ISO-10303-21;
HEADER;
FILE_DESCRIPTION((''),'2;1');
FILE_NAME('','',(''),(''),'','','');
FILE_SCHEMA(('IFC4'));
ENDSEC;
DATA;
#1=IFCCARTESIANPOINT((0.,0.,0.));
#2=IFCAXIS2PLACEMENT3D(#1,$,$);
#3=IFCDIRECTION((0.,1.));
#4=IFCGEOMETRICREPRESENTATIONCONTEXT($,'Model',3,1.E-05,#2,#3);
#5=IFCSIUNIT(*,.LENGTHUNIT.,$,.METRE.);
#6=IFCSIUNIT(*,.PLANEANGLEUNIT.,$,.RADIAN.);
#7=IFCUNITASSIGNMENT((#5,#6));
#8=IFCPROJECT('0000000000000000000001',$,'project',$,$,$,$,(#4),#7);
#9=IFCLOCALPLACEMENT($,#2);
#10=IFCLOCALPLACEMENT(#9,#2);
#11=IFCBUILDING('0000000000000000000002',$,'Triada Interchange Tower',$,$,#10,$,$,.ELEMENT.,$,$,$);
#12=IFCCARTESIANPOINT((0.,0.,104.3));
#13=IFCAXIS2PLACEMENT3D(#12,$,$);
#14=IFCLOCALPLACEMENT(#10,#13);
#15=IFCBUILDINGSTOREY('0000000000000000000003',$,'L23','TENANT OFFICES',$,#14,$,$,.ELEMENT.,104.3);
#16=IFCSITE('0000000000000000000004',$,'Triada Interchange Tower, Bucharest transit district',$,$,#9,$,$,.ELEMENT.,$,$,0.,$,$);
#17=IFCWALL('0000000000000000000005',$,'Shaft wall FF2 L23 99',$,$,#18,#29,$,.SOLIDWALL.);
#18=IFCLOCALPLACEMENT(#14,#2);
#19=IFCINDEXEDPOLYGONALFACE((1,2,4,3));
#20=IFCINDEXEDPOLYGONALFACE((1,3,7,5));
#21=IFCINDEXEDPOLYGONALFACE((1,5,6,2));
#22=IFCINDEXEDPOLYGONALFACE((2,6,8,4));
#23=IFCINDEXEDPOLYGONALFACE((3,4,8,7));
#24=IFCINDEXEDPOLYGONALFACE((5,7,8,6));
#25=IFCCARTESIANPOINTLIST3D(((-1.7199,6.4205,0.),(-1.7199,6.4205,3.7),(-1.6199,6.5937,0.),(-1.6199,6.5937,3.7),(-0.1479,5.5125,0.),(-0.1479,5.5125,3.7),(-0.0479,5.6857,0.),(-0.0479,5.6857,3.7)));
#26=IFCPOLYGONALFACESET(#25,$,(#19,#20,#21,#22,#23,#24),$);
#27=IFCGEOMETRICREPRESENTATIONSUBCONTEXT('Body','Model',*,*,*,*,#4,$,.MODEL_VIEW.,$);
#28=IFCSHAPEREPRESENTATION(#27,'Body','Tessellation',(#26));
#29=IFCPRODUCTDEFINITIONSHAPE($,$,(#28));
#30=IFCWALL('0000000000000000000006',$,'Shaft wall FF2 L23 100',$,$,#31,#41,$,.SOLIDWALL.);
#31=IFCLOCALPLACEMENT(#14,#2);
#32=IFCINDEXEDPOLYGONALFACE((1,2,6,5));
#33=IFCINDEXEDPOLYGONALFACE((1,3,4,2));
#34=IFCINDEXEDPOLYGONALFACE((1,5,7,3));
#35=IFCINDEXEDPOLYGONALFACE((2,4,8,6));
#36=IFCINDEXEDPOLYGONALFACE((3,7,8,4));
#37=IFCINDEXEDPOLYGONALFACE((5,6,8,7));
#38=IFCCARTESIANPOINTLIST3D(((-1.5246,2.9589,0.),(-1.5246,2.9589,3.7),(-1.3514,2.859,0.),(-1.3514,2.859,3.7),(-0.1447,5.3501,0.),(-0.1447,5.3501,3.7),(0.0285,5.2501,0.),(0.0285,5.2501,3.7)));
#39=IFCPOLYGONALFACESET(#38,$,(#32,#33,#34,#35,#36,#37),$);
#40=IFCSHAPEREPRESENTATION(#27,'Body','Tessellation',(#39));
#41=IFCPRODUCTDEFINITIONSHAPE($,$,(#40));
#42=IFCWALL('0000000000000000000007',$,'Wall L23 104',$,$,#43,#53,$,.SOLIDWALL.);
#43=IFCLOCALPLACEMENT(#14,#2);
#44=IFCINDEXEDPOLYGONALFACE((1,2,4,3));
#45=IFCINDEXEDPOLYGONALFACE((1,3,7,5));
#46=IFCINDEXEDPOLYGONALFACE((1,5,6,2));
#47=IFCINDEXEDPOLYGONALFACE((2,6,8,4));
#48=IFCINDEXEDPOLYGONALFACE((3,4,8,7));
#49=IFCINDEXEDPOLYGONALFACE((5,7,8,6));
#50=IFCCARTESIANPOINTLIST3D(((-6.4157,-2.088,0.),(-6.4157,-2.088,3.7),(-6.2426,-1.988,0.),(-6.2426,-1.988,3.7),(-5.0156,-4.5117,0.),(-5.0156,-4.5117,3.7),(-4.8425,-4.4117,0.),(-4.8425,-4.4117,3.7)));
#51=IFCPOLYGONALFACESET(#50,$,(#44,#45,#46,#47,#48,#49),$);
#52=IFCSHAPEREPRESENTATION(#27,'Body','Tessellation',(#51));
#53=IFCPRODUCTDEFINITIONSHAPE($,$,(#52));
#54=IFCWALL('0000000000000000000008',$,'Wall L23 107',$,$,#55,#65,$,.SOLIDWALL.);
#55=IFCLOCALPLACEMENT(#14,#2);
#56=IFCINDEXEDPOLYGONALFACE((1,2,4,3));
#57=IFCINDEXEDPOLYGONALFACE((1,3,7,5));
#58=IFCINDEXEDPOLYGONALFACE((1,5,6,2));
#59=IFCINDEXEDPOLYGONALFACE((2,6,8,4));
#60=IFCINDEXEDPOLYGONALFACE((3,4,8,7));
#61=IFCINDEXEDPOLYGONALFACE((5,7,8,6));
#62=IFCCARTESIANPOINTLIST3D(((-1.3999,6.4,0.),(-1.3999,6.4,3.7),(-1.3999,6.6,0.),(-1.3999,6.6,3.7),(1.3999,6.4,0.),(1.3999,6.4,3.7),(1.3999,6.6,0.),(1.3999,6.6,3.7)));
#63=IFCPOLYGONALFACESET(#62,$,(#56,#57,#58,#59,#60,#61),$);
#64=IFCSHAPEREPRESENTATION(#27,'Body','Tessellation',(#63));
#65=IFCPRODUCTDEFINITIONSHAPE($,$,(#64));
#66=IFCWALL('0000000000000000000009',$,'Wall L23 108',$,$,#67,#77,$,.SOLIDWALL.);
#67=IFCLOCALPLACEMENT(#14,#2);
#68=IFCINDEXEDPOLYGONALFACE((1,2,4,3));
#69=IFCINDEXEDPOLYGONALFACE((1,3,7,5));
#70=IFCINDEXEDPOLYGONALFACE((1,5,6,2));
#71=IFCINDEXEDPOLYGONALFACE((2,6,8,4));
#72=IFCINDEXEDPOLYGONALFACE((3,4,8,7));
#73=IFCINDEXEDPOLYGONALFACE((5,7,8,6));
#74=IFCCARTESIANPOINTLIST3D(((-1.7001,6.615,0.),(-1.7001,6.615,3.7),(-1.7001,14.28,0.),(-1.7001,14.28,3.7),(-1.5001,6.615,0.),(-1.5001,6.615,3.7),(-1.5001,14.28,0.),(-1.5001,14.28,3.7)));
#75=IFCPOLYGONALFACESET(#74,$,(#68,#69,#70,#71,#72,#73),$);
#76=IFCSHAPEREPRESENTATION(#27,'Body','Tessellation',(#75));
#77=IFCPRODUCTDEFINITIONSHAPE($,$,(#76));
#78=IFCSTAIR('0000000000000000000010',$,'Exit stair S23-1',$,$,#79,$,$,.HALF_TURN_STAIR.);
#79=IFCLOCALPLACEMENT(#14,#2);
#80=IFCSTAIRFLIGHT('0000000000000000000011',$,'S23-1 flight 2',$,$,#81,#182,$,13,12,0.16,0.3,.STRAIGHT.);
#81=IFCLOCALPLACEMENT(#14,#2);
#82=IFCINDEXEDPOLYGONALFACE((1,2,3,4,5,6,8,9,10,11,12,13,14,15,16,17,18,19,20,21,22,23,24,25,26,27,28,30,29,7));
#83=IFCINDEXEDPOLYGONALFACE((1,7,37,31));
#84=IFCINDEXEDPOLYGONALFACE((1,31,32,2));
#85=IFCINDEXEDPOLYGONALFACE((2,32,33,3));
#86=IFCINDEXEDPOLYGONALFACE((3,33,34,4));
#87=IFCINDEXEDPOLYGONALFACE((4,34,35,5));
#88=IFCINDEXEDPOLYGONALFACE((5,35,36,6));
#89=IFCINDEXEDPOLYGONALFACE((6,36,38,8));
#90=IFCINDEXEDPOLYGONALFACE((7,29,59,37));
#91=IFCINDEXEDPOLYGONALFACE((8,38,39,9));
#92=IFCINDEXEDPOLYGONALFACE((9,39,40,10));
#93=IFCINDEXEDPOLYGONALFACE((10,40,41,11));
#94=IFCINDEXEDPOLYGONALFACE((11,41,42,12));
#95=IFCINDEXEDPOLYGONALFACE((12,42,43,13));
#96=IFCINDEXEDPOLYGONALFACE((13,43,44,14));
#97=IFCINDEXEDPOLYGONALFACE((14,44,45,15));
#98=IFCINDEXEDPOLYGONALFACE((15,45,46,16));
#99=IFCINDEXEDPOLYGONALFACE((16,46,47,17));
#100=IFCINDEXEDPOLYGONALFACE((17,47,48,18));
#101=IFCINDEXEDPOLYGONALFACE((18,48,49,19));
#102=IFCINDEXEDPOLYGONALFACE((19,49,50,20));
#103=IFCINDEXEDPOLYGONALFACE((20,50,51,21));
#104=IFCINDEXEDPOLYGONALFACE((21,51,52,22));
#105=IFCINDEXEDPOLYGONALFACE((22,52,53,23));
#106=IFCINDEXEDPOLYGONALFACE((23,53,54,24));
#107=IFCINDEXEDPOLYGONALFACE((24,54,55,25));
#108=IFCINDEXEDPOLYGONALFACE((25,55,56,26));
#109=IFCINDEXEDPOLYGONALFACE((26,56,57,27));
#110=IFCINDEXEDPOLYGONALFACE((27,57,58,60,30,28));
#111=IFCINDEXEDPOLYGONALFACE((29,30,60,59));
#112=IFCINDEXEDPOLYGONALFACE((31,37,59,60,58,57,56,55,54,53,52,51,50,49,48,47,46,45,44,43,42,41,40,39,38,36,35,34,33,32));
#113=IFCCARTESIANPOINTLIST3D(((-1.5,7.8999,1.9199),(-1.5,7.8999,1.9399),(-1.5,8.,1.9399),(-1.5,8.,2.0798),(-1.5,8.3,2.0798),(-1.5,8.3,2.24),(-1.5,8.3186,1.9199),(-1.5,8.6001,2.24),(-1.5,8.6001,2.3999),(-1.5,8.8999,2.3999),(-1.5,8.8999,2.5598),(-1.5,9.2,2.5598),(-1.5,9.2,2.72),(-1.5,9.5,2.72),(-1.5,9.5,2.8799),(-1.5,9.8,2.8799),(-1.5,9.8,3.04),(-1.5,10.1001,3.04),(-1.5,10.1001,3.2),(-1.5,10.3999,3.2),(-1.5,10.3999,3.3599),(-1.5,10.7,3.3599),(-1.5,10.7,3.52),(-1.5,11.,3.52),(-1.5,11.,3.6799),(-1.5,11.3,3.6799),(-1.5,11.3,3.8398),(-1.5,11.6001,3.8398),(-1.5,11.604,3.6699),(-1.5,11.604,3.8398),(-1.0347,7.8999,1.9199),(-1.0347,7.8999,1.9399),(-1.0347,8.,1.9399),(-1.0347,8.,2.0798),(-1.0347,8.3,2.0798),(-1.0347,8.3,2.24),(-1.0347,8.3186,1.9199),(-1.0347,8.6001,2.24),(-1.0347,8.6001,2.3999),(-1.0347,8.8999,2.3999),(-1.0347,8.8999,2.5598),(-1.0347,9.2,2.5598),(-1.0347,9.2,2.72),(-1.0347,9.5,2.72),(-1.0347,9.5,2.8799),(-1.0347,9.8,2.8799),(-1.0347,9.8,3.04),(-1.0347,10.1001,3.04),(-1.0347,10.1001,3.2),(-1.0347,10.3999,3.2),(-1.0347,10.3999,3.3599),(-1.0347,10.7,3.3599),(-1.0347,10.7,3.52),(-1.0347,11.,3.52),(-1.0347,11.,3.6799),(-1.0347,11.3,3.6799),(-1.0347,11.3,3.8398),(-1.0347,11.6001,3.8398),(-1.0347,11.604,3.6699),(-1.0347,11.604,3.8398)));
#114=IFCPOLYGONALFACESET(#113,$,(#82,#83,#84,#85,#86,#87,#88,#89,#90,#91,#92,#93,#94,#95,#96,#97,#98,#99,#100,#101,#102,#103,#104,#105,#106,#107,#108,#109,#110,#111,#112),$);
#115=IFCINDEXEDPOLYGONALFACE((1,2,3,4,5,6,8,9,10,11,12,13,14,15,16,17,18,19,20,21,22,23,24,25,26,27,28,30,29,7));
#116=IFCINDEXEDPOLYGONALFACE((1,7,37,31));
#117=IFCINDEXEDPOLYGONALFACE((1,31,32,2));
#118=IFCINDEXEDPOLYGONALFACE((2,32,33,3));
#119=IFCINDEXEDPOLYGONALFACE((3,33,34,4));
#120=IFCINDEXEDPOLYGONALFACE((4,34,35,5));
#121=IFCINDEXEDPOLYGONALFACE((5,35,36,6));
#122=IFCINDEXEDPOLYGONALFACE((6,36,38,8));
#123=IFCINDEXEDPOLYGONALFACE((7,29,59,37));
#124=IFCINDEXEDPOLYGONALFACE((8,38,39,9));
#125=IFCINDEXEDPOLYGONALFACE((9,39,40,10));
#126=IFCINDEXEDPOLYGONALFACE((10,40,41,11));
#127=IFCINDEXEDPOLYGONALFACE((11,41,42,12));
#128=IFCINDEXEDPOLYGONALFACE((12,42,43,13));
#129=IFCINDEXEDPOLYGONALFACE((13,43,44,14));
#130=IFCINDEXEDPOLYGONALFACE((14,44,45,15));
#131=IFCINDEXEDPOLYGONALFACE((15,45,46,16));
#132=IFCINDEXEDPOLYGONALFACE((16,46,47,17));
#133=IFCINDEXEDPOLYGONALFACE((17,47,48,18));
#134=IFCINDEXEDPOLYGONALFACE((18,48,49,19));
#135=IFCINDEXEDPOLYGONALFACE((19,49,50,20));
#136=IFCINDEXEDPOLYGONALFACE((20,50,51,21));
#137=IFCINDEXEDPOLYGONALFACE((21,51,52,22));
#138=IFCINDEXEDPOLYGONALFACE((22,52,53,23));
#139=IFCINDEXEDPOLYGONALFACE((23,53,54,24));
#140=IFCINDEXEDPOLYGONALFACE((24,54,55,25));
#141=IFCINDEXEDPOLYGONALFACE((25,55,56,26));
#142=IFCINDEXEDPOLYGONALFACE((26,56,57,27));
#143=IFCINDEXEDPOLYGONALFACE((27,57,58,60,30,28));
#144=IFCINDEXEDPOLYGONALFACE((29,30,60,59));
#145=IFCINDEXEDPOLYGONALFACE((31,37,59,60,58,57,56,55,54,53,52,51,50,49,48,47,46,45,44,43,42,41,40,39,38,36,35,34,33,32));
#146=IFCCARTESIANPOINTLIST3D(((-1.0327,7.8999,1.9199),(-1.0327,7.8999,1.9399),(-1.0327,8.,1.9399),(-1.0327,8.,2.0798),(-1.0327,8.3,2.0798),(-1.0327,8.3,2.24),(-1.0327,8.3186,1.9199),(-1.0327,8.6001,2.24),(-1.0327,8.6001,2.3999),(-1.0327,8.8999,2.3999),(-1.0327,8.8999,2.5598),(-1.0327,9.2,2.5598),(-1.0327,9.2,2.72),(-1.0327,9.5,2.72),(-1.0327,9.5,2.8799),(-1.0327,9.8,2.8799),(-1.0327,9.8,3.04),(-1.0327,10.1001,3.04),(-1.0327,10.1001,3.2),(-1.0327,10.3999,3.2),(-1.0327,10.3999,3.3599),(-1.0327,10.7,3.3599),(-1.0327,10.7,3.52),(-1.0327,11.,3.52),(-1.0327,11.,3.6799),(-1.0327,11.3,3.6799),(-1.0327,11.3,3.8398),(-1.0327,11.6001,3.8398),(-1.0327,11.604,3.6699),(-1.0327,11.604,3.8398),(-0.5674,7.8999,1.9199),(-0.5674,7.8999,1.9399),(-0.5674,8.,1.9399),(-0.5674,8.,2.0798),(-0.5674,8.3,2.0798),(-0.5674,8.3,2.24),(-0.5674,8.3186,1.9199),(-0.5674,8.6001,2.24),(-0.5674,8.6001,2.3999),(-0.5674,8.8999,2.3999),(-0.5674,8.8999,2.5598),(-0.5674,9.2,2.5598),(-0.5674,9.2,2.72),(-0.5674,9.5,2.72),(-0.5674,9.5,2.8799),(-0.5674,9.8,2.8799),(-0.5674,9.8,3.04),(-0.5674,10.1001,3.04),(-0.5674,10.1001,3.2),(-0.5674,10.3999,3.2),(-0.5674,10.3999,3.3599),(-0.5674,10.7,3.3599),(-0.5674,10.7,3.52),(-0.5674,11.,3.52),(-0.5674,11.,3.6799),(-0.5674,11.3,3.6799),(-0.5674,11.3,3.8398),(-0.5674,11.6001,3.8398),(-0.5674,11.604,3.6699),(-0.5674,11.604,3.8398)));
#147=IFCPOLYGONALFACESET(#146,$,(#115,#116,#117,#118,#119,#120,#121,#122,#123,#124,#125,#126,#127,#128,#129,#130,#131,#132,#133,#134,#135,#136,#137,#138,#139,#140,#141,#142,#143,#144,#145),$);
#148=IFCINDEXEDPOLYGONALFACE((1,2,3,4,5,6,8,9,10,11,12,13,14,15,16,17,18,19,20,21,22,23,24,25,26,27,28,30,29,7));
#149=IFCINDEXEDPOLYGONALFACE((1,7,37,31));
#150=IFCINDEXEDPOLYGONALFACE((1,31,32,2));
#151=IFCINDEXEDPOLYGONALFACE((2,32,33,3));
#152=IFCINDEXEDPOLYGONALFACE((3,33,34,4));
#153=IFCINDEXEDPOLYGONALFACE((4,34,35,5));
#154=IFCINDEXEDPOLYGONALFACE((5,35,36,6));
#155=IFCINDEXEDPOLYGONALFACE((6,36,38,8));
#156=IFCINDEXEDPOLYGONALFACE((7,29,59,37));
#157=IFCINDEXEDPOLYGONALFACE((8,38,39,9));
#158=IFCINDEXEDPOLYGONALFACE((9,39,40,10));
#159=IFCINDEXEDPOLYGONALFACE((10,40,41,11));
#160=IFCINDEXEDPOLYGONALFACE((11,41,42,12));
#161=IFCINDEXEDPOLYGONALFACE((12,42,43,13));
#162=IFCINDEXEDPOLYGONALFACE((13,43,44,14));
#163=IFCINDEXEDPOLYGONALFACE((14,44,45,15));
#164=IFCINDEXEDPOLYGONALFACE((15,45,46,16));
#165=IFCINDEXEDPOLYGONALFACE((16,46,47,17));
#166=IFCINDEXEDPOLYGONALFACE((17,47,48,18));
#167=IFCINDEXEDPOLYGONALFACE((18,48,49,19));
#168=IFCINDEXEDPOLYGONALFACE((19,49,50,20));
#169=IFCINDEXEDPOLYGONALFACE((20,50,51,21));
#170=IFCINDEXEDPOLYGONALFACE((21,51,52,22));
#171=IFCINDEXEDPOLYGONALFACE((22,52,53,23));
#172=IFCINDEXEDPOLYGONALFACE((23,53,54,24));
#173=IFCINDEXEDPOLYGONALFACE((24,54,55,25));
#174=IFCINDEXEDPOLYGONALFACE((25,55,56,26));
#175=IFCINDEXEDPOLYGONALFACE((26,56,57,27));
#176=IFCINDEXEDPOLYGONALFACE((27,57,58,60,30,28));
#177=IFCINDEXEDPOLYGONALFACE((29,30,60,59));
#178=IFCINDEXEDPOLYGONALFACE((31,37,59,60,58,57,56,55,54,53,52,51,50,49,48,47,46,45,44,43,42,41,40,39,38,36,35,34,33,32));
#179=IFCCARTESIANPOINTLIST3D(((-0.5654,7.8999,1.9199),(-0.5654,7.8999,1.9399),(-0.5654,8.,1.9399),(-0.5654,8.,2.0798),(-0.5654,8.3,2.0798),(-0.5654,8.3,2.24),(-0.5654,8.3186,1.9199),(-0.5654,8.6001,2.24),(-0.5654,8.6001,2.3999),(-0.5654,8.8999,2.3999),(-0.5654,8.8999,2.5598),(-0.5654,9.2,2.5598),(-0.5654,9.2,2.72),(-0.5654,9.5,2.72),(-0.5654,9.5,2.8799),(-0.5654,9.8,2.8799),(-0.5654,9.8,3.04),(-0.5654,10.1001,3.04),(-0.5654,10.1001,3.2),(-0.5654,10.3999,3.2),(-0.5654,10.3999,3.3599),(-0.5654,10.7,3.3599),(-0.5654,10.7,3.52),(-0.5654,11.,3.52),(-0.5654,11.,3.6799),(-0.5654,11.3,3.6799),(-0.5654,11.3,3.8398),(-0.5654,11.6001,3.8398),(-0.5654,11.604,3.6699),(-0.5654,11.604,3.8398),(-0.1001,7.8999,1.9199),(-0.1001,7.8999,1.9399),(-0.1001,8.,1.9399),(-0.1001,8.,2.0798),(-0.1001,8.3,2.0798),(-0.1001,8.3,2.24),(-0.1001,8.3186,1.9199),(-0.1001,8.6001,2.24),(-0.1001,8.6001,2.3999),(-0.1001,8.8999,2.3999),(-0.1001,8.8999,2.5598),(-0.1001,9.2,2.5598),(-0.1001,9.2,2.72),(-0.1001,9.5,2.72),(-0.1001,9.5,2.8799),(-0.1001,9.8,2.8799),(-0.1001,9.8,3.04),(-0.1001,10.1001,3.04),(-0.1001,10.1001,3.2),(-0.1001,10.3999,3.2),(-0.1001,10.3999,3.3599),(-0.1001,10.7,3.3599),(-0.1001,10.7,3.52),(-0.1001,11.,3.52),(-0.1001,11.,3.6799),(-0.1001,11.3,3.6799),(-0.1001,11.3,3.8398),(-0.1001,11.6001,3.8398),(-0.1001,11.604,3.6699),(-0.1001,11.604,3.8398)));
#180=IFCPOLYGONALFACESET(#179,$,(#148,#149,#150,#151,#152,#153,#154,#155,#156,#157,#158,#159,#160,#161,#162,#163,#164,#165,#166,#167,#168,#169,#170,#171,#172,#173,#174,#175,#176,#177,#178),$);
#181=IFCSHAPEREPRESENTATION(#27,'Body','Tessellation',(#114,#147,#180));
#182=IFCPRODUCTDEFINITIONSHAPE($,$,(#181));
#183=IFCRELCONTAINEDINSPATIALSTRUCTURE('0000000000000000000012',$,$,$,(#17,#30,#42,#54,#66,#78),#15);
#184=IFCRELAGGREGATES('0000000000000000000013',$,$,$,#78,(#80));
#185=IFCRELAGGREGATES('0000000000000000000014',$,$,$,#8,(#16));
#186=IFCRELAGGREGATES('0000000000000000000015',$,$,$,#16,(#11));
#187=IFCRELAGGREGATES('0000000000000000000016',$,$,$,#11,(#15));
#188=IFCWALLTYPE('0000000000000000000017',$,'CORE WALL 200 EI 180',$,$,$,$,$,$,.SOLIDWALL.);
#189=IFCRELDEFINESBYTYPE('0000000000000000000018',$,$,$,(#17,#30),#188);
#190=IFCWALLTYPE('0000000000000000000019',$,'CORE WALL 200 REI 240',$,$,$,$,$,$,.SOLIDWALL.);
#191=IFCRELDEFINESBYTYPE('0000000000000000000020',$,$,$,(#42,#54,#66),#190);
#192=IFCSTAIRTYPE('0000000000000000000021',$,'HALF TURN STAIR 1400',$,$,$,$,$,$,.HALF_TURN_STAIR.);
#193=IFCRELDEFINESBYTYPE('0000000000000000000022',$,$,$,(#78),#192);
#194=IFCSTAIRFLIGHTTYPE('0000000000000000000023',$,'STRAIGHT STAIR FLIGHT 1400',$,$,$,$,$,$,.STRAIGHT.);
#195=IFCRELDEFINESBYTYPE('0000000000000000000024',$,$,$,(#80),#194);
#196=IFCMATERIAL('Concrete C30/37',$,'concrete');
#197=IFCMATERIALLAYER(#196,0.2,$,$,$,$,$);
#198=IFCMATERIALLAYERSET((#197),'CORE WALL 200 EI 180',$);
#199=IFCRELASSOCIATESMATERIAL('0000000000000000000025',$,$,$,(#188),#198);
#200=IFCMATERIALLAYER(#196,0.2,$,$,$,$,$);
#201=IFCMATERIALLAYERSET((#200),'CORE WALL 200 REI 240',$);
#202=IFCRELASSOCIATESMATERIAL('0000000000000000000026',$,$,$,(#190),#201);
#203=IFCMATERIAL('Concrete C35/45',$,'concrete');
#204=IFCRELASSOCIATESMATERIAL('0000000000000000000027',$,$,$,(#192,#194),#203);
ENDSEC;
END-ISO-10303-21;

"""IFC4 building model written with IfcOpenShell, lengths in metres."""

from ifc_helpers import new_model, si_unit, direction, frame, frame_2d, origin, place, context, subcontext, project, spatial, polyline, rectangle, outline, extrude, material, layer, layer_set, type_object, element, aggregate, save


model = new_model("IFC4")

# Units and contexts
model_context = context("Model", 3, precision=1e-05, world=origin(), true_north=direction((0.0, 1.0)))
body_context = subcontext(model_context, "Body", "Model", "MODEL_VIEW")
ifc_project = project(units=[si_unit("LENGTHUNIT", "METRE"), si_unit("PLANEANGLEUNIT", "RADIAN")], contexts=[model_context])

# Site, building, storey
site_placement = place(None, origin())
site = spatial("IfcSite", under=ifc_project, at=site_placement, Name="Triada Interchange Tower, Bucharest transit district", CompositionType="ELEMENT", RefElevation=0.0)
building_placement = place(site_placement, origin())
building = spatial("IfcBuilding", under=site, at=building_placement, Name="Triada Interchange Tower", CompositionType="ELEMENT")
storey_placement = place(building_placement, frame((0.0, 0.0, 104.3)))
storey = spatial("IfcBuildingStorey", under=building, at=storey_placement, Name="L23", Description="TENANT OFFICES", CompositionType="ELEMENT", Elevation=104.3)

# Shared definitions
ifc_material_1 = material(Name="Concrete C30/37", Category="concrete")
ifc_layer_1 = layer(ifc_material_1, 0.2)
ifc_layer_set_1 = layer_set([ifc_layer_1], Name="CORE WALL 200 EI 180")
wall_type_1 = type_object("IfcWallType", Name="CORE WALL 200 EI 180", PredefinedType="SOLIDWALL", material=ifc_layer_set_1)

# Walls
wall_1_placement = place(storey_placement, frame((-1.6699, 6.5071, 0.0), z_axis=(0.0, 0.0, 1.0), x_axis=(0.865941, -0.500145, 0.0)))
element("IfcWall", 1, at=wall_1_placement, inside=storey, type_object=wall_type_1, Name="Shaft wall FF2 L23 99", PredefinedType="SOLIDWALL", context=body_context, shape_type="SweptSolid", body=[
    extrude(rectangle(XDim=1.8154, YDim=0.2, at=frame_2d((0.9077, 0.0))), origin(), (0.0, 0.0, 1.0), 3.7),
])
wall_2_placement = place(storey_placement, frame((-1.438, 2.9089, 0.0), z_axis=(0.0, 0.0, 1.0), x_axis=(0.49983, 0.866124, 0.0)))
element("IfcWall", 2, at=wall_2_placement, inside=storey, type_object=wall_type_1, Name="Shaft wall FF2 L23 100", PredefinedType="SOLIDWALL", context=body_context, shape_type="SweptSolid", body=[
    extrude(rectangle(XDim=2.7607, YDim=0.2, at=frame_2d((1.3804, 0.0))), origin(), (0.0, 0.0, 1.0), 3.7),
])
ifc_layer_2 = layer(ifc_material_1, 0.2)
ifc_layer_set_2 = layer_set([ifc_layer_2], Name="CORE WALL 200 REI 240")
wall_type_2 = type_object("IfcWallType", Name="CORE WALL 200 REI 240", PredefinedType="SOLIDWALL", material=ifc_layer_set_2)
wall_3_placement = place(storey_placement, frame((-6.3291, -2.0381, 0.0), z_axis=(0.0, 0.0, 1.0), x_axis=(0.500201, -0.86591, 0.0)))
element("IfcWall", 3, at=wall_3_placement, inside=storey, type_object=wall_type_2, Name="Wall L23 104", PredefinedType="SOLIDWALL", context=body_context, shape_type="SweptSolid", body=[
    extrude(rectangle(XDim=2.7991, YDim=0.2, at=frame_2d((1.3994, 0.0))), origin(), (0.0, 0.0, 1.0), 3.7),
])
wall_4_placement = place(storey_placement, frame((-1.3999, 6.5, 0.0), z_axis=(0.0, 0.0, 1.0), x_axis=(1.0, 0.0, 0.0)))
element("IfcWall", 4, at=wall_4_placement, inside=storey, type_object=wall_type_2, Name="Wall L23 107", PredefinedType="SOLIDWALL", context=body_context, shape_type="SweptSolid", body=[
    extrude(rectangle(XDim=2.7998, YDim=0.2, at=frame_2d((1.3999, 0.0))), origin(), (0.0, 0.0, 1.0), 3.7),
])
wall_5_placement = place(storey_placement, frame((-1.6001, 6.615, 0.0), z_axis=(0.0, 0.0, 1.0), x_axis=(0.0, 1.0, 0.0)))
element("IfcWall", 5, at=wall_5_placement, inside=storey, type_object=wall_type_2, Name="Wall L23 108", PredefinedType="SOLIDWALL", context=body_context, shape_type="SweptSolid", body=[
    extrude(rectangle(XDim=7.665, YDim=0.2, at=frame_2d((3.8325, 0.0))), origin(), (0.0, 0.0, 1.0), 3.7),
])

# Stair, stair flight
ifc_material_2 = material(Name="Concrete C35/45", Category="concrete")
stair_type = type_object("IfcStairType", Name="HALF TURN STAIR 1400", PredefinedType="HALF_TURN_STAIR", material=ifc_material_2)
stair_placement = place(storey_placement, origin())
stair = element("IfcStair", 6, at=stair_placement, inside=storey, type_object=stair_type, Name="Exit stair S23-1", PredefinedType="HALF_TURN_STAIR")
stair_flight_type = type_object("IfcStairFlightType", Name="STRAIGHT STAIR FLIGHT 1400", PredefinedType="STRAIGHT", material=ifc_material_2)
stair_flight_placement = place(storey_placement, frame((-0.8, 8.0, 1.9199), z_axis=(0.0, 0.0, 1.0), x_axis=(0.0, 1.0, 0.0)))
stair_flight = element("IfcStairFlight", 7, at=stair_flight_placement, type_object=stair_flight_type, Name="S23-1 flight 2", NumberOfRisers=13, NumberOfTreads=12, PredefinedType="STRAIGHT", RiserHeight=0.16, TreadLength=0.3, context=body_context, shape_type="SweptSolid", body=[
    extrude(outline(polyline([(-0.1001, 0.0), (-0.1001, 0.02), (0.0, 0.02), (0.0, 0.1599), (0.3, 0.1599), (0.3, 0.3201), (0.6001, 0.3201), (0.6001, 0.48), (0.8999, 0.48), (0.8999, 0.6399), (1.2, 0.6399), (1.2, 0.8), (1.5, 0.8), (1.5, 0.96), (1.8, 0.96), (1.8, 1.1201), (2.1001, 1.1201), (2.1001, 1.28), (2.3999, 1.28), (2.3999, 1.4399), (2.7, 1.4399), (2.7, 1.6001), (3.0, 1.6001), (3.0, 1.76), (3.3, 1.76), (3.3, 1.9199), (3.6001, 1.9199), (3.604, 1.9199), (3.604, 2.0801), (3.604, 1.75), (0.3186, 0.0), (-0.1001, 0.0)])), frame((0.0, 0.7, 0.0), z_axis=(0.0, -1.0, 0.0), x_axis=(1.0, 0.0, 0.0)), (0.0, 0.0, 1.0), 0.4653),
    extrude(outline(polyline([(-0.1001, 0.0), (-0.1001, 0.02), (0.0, 0.02), (0.0, 0.1599), (0.3, 0.1599), (0.3, 0.3201), (0.6001, 0.3201), (0.6001, 0.48), (0.8999, 0.48), (0.8999, 0.6399), (1.2, 0.6399), (1.2, 0.8), (1.5, 0.8), (1.5, 0.96), (1.8, 0.96), (1.8, 1.1201), (2.1001, 1.1201), (2.1001, 1.28), (2.3999, 1.28), (2.3999, 1.4399), (2.7, 1.4399), (2.7, 1.6001), (3.0, 1.6001), (3.0, 1.76), (3.3, 1.76), (3.3, 1.9199), (3.6001, 1.9199), (3.604, 1.9199), (3.604, 2.0801), (3.604, 1.75), (0.3186, 0.0), (-0.1001, 0.0)])), frame((0.0, 0.2327, 0.0), z_axis=(0.0, -1.0, 0.0), x_axis=(1.0, 0.0, 0.0)), (0.0, 0.0, 1.0), 0.4653),
    extrude(outline(polyline([(-0.1001, 0.0), (-0.1001, 0.02), (0.0, 0.02), (0.0, 0.1599), (0.3, 0.1599), (0.3, 0.3201), (0.6001, 0.3201), (0.6001, 0.48), (0.8999, 0.48), (0.8999, 0.6399), (1.2, 0.6399), (1.2, 0.8), (1.5, 0.8), (1.5, 0.96), (1.8, 0.96), (1.8, 1.1201), (2.1001, 1.1201), (2.1001, 1.28), (2.3999, 1.28), (2.3999, 1.4399), (2.7, 1.4399), (2.7, 1.6001), (3.0, 1.6001), (3.0, 1.76), (3.3, 1.76), (3.3, 1.9199), (3.6001, 1.9199), (3.604, 1.9199), (3.604, 2.0801), (3.604, 1.75), (0.3186, 0.0), (-0.1001, 0.0)])), frame((0.0, -0.2346, 0.0), z_axis=(0.0, -1.0, 0.0), x_axis=(1.0, 0.0, 0.0)), (0.0, 0.0, 1.0), 0.4653),
])
aggregate(stair, [stair_flight])

save(model, "model.ifc")
